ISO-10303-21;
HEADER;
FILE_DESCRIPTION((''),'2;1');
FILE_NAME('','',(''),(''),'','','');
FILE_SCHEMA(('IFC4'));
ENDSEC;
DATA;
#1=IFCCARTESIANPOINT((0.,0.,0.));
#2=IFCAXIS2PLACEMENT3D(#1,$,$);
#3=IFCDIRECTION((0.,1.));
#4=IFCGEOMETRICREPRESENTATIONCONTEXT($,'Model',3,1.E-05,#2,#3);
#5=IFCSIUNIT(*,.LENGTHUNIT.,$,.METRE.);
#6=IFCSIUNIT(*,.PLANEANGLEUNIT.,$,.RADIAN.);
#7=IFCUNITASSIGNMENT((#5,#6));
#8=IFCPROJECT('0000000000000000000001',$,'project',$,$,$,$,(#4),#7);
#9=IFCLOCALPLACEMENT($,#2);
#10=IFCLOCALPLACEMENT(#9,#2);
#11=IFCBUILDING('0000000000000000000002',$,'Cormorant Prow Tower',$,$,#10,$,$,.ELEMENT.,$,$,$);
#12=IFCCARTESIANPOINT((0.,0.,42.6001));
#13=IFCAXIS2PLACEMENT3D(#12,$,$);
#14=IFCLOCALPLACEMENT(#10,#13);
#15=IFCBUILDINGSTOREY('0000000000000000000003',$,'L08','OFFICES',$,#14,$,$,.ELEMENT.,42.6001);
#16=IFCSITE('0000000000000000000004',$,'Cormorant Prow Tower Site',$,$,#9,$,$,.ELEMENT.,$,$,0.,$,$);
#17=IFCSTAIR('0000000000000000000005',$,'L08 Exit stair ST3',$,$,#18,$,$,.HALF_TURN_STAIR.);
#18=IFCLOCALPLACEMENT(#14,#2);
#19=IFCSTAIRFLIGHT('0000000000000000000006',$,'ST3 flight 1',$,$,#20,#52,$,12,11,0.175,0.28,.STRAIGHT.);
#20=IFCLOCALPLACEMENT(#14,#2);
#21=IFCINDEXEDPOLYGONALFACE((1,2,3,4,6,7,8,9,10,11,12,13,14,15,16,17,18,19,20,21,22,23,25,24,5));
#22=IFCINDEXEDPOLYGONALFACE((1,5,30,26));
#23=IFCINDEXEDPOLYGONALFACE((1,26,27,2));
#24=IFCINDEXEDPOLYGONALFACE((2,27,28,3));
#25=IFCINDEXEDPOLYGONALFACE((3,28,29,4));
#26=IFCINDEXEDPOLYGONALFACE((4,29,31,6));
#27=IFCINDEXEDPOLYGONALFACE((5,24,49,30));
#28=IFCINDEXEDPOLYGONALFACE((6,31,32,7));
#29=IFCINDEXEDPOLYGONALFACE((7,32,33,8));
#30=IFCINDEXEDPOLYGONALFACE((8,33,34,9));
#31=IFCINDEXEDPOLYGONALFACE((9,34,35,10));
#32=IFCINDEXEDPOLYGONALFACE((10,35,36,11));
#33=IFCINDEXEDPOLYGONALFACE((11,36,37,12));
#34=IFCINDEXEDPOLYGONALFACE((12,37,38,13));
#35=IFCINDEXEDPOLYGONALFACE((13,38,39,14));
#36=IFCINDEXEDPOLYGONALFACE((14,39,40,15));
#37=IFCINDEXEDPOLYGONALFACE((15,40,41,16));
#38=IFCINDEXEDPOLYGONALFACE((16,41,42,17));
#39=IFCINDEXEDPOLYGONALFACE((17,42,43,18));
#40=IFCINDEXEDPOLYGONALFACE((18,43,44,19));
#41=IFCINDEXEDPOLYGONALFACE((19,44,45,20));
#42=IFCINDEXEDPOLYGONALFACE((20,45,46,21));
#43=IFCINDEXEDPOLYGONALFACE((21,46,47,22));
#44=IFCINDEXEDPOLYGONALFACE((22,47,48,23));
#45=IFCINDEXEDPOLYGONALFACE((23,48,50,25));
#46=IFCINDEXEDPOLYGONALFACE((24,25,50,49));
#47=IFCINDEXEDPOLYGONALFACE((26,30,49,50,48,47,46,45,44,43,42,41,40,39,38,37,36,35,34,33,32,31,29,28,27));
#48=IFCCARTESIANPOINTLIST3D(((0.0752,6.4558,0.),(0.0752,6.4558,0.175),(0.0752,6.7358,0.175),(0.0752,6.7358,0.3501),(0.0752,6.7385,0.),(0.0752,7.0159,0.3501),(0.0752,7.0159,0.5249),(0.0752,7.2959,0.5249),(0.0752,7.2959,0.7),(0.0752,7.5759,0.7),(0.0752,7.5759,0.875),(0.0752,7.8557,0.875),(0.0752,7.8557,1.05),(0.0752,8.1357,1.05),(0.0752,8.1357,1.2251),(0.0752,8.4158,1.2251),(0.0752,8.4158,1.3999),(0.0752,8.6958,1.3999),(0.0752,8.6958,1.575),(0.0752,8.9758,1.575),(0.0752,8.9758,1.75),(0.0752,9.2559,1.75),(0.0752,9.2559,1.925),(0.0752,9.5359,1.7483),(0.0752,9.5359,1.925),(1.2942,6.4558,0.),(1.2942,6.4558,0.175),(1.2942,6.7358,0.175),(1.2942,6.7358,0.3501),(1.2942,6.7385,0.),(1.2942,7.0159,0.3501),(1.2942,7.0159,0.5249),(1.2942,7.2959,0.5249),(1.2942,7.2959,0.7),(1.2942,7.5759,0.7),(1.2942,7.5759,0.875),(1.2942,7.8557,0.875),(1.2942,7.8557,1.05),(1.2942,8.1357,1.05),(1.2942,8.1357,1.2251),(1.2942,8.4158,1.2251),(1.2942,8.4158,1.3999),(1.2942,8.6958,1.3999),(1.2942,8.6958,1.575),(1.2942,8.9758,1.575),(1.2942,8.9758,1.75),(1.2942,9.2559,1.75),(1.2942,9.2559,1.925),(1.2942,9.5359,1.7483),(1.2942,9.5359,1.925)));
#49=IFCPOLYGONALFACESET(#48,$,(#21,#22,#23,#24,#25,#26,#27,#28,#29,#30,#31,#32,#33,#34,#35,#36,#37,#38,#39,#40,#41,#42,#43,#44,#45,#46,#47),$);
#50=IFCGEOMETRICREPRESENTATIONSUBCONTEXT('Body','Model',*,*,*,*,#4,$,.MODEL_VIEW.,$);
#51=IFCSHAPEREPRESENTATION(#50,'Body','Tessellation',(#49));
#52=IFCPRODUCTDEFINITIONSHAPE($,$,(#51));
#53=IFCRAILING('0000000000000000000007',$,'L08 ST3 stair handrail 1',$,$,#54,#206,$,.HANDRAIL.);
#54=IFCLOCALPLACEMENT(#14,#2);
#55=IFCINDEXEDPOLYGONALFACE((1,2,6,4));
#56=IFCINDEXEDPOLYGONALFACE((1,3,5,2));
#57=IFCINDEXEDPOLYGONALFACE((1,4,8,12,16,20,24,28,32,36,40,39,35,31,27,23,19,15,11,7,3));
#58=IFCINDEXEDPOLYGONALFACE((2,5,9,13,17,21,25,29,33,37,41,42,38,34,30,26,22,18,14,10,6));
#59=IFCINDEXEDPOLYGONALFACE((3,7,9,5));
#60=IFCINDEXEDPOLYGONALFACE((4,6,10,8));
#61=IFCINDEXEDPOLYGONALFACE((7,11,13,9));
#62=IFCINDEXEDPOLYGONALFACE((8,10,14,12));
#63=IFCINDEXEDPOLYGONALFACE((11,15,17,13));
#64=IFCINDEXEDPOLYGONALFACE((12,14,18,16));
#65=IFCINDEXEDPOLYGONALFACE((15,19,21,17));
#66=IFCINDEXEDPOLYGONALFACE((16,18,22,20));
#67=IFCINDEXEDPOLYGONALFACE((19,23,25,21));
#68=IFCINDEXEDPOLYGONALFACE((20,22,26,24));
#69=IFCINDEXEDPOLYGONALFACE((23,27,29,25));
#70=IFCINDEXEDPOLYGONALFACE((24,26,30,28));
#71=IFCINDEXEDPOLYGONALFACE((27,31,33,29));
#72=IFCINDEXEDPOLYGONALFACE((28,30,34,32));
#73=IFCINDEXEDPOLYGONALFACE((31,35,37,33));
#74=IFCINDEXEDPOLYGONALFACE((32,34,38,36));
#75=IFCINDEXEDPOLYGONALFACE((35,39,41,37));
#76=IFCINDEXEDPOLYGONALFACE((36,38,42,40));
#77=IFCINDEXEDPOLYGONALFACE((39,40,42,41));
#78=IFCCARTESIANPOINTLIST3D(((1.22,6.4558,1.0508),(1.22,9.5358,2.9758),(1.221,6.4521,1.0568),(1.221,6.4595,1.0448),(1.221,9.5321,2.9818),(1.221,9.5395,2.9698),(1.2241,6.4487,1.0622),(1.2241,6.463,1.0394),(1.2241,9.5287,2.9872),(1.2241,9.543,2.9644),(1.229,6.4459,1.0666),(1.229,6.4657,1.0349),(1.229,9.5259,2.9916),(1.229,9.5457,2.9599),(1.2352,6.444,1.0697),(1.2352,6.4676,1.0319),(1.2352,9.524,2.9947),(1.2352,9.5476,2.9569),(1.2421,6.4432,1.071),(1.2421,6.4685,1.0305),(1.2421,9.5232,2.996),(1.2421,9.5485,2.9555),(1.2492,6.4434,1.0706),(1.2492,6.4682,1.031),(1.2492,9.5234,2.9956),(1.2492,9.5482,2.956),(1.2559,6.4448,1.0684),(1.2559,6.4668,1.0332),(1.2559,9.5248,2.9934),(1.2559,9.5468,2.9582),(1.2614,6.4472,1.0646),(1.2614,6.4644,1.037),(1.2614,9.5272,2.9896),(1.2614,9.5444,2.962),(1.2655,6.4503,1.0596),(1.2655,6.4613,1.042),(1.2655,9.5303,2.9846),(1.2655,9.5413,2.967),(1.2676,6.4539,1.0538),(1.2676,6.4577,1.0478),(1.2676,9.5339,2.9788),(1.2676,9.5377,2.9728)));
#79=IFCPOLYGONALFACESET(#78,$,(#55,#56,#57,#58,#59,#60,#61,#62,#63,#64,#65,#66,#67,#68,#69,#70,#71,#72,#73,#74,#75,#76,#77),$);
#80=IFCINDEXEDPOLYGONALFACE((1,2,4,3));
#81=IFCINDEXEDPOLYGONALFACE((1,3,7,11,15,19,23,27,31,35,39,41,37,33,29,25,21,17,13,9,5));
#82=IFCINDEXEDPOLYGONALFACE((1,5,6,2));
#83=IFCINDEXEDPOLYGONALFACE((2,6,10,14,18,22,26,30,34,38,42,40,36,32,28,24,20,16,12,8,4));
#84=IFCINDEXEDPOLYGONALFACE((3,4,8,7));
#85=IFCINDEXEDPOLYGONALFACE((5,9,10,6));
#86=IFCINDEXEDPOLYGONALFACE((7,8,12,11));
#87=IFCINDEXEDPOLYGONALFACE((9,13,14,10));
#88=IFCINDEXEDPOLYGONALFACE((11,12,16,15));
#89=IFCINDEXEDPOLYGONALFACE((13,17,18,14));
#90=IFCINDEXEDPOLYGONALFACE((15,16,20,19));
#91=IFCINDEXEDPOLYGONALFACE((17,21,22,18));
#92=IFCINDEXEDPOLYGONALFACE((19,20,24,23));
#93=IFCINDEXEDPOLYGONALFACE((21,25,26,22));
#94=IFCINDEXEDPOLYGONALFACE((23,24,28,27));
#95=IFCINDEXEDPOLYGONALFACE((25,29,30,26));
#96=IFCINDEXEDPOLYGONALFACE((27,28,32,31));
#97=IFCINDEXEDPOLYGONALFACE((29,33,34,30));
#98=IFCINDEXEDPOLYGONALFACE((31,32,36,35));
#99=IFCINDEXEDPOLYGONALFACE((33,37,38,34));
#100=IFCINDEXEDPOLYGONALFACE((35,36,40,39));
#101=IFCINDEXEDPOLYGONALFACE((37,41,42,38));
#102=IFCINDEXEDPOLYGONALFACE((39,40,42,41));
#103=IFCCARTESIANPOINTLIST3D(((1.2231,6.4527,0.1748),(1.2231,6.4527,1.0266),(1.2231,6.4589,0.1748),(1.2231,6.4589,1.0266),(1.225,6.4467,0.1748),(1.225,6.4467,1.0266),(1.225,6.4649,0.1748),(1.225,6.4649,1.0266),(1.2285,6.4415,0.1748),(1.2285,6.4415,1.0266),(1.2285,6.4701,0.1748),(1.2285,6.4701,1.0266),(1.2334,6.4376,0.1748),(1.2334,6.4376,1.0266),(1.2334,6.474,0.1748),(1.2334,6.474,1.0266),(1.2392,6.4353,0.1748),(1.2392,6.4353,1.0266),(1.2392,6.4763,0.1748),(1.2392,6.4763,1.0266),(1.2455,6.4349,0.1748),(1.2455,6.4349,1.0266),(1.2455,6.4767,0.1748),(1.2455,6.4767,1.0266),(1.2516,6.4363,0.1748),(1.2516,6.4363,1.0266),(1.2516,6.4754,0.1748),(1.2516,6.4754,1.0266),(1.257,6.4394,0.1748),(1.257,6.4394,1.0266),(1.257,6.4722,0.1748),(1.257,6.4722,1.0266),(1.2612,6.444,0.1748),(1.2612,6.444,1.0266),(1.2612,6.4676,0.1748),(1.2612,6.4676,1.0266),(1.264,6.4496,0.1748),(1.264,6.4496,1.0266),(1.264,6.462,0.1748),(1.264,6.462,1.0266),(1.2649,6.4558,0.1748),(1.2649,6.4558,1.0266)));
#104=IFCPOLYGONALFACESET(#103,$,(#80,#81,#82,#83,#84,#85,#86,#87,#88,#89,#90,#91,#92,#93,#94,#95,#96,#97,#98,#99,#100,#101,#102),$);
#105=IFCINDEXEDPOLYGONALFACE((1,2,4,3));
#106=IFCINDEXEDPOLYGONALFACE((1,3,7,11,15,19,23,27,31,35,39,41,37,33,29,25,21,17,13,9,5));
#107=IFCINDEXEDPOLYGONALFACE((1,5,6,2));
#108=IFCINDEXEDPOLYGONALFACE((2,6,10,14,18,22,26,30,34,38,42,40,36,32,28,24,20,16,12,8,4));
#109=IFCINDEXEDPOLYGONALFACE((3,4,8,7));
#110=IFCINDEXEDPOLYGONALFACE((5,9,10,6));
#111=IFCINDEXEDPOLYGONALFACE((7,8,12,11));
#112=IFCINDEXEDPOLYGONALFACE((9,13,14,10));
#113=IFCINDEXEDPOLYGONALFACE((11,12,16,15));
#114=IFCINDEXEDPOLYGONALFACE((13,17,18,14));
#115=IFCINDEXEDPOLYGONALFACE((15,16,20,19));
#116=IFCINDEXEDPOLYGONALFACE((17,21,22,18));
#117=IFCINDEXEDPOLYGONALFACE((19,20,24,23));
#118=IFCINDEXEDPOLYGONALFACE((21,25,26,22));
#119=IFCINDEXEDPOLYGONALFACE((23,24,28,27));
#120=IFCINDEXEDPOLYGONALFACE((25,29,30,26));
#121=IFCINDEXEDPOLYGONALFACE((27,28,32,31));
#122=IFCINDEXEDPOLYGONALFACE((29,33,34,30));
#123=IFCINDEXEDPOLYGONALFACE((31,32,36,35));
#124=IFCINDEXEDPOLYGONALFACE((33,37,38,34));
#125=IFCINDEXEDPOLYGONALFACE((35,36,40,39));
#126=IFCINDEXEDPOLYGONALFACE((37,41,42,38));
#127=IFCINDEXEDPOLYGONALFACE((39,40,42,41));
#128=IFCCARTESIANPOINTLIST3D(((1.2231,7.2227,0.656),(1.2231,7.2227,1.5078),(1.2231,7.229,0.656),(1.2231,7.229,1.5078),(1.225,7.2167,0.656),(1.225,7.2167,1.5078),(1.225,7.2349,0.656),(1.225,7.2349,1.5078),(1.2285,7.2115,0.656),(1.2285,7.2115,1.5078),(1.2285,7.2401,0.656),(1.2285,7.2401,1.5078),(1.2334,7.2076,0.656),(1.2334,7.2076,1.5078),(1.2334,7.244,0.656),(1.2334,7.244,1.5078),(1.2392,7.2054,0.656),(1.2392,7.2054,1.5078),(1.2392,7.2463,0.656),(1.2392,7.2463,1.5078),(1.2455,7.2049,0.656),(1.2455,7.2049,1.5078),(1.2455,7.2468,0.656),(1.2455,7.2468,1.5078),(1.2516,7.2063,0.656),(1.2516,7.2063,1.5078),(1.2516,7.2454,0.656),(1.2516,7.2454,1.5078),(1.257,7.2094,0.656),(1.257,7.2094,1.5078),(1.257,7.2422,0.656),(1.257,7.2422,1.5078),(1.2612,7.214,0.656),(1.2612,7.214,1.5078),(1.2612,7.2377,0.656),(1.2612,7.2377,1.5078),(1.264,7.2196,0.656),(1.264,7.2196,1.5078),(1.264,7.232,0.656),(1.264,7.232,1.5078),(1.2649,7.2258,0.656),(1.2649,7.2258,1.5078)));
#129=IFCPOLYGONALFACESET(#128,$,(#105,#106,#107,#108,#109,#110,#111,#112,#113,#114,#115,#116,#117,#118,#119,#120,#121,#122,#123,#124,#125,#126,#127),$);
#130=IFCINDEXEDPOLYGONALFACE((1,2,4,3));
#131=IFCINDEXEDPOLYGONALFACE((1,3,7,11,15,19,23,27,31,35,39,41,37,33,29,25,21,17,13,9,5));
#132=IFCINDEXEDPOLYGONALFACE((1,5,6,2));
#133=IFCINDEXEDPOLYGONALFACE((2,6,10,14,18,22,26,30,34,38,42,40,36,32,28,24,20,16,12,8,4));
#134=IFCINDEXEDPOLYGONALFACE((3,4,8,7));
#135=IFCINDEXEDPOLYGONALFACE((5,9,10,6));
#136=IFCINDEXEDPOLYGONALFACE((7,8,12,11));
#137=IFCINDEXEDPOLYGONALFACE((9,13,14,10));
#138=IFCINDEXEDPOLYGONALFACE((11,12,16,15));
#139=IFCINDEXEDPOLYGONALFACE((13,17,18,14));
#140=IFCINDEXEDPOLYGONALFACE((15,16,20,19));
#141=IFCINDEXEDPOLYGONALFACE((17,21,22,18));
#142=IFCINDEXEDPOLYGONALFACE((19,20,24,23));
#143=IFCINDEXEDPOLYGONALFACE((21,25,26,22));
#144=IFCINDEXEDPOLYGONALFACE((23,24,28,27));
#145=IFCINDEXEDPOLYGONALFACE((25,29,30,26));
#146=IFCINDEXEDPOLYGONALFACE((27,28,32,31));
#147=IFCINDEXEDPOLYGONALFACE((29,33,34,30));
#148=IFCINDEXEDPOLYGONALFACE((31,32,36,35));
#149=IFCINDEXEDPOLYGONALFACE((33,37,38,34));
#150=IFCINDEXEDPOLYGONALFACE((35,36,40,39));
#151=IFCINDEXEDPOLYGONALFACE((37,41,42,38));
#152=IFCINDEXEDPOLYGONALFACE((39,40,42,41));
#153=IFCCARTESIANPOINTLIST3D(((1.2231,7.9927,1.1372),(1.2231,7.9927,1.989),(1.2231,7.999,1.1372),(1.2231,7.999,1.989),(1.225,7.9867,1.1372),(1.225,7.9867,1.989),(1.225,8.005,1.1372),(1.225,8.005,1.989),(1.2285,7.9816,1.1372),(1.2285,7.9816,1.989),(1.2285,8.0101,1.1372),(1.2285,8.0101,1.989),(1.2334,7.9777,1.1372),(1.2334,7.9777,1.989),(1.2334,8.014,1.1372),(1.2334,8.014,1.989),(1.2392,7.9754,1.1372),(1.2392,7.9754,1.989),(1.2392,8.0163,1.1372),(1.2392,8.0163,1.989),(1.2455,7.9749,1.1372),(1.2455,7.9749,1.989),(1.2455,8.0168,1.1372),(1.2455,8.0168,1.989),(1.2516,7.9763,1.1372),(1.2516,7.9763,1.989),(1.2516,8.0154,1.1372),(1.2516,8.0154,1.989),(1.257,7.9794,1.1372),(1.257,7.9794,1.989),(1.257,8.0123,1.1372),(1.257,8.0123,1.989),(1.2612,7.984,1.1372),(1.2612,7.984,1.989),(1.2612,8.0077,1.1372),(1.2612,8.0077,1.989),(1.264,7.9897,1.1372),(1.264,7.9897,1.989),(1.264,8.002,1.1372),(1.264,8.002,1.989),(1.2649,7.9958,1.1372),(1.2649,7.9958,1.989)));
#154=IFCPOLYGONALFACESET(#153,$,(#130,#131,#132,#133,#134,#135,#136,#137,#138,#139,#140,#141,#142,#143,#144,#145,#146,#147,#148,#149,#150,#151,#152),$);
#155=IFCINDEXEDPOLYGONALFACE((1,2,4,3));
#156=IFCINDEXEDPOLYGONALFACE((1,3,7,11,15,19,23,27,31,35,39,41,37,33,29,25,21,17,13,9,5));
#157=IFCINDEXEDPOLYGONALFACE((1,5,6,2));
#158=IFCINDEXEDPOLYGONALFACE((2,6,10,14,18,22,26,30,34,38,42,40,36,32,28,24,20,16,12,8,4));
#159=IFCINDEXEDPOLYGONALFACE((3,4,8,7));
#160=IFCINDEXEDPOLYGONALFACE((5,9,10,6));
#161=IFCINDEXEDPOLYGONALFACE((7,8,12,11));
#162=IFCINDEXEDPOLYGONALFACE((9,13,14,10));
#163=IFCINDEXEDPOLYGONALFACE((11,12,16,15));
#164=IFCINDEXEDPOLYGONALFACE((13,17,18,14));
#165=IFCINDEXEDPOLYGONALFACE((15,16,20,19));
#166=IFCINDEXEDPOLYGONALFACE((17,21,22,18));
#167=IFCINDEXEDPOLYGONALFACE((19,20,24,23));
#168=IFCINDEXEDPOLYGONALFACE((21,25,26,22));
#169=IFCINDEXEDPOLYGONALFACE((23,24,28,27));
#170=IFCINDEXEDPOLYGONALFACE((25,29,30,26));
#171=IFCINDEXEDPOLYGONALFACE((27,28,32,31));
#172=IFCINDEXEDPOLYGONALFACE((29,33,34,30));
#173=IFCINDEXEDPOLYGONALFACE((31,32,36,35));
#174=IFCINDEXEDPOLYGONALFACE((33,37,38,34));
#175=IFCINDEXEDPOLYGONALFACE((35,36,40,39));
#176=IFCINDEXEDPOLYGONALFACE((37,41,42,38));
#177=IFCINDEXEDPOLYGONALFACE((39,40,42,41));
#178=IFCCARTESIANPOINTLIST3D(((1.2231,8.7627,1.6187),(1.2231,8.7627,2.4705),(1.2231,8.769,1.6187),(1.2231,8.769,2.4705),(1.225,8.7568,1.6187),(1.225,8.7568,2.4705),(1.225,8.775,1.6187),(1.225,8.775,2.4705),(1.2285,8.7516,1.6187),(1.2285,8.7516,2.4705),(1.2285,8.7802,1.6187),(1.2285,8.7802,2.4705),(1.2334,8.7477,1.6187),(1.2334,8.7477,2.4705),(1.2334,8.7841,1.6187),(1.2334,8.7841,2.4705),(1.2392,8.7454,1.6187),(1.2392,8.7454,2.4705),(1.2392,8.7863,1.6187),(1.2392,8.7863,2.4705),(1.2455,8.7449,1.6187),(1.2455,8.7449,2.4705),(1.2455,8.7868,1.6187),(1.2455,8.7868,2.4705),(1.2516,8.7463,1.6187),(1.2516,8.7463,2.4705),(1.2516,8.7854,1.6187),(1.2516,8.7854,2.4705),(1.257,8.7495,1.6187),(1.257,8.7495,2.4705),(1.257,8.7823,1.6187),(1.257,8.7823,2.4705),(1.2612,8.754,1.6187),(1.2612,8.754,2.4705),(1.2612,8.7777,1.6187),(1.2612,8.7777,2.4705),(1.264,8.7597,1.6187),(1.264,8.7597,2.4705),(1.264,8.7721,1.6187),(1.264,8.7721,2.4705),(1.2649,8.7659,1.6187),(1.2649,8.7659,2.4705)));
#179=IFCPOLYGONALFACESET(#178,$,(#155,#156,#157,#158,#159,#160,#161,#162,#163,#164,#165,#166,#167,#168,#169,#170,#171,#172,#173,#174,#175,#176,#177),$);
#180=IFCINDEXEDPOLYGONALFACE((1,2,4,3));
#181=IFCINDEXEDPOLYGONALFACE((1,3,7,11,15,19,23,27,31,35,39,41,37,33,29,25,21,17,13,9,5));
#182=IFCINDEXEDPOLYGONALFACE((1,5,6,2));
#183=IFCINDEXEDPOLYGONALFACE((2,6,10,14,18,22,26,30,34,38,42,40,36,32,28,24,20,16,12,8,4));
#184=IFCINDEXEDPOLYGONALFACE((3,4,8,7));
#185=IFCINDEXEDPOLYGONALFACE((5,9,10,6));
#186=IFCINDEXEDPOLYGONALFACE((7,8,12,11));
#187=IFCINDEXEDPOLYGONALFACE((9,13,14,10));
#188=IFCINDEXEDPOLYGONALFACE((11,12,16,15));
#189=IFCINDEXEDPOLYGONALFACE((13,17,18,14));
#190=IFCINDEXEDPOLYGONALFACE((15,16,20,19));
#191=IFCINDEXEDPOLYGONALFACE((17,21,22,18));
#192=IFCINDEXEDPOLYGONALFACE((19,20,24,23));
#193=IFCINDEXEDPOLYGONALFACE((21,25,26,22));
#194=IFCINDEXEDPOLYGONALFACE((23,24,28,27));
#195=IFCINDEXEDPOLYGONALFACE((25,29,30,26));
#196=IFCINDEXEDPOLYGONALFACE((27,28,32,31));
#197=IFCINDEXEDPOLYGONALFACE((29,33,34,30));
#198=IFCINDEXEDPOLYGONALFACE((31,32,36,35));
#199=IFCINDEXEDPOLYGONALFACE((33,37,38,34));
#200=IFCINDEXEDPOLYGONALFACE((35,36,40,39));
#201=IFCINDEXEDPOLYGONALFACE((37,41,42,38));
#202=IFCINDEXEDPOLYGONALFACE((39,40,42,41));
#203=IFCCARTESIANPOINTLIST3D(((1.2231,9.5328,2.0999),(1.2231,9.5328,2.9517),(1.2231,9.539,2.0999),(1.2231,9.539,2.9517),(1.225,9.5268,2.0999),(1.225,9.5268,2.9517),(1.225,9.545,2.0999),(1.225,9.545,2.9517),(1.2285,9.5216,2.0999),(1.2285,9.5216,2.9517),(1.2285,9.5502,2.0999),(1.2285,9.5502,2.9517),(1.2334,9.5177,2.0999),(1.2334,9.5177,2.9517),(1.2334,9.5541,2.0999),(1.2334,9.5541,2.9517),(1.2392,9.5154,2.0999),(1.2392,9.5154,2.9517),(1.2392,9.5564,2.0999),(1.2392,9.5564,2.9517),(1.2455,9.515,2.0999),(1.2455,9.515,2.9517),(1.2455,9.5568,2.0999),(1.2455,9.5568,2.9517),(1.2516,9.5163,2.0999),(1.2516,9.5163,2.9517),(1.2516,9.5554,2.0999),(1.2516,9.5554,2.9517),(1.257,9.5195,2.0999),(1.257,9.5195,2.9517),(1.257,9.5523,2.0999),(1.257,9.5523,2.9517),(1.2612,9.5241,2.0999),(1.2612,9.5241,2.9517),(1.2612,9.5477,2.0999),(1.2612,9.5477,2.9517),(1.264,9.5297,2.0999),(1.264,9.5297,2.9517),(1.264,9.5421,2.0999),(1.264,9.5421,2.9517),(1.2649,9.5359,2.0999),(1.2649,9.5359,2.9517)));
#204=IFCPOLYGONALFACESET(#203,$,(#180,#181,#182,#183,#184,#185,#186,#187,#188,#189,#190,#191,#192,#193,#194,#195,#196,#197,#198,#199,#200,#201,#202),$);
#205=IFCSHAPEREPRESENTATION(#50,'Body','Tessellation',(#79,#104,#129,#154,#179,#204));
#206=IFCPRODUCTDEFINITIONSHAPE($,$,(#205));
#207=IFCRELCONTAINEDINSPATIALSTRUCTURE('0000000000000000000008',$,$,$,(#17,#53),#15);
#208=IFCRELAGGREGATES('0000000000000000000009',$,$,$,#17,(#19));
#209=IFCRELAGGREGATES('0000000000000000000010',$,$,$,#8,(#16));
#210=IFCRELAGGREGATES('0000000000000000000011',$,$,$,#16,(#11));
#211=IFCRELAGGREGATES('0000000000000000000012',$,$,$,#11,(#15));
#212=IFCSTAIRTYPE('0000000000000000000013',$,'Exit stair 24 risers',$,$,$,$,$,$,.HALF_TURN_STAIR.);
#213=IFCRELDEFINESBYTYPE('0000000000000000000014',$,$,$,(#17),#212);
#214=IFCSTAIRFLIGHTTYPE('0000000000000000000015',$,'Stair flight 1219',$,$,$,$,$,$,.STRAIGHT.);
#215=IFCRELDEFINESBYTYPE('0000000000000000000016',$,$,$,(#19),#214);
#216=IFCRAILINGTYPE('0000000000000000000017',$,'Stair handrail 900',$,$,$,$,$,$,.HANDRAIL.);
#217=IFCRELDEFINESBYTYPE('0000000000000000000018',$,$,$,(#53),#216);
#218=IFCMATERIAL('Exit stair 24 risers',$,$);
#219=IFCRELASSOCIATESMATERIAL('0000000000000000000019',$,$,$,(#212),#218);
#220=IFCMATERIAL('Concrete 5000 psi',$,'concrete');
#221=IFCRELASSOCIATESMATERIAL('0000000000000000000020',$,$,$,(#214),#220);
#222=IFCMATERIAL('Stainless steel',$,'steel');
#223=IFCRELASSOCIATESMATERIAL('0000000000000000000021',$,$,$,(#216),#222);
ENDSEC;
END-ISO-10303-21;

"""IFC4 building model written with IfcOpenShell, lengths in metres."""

from ifc_helpers import new_model, si_unit, direction, frame, origin, origin_2d, place, context, subcontext, project, spatial, polyline, circle, outline, extrude, material, type_object, element, aggregate, save


model = new_model("IFC4")

# Units and contexts
model_context = context("Model", 3, precision=1e-05, world=origin(), true_north=direction((0.0, 1.0)))
body_context = subcontext(model_context, "Body", "Model", "MODEL_VIEW")
ifc_project = project(units=[si_unit("LENGTHUNIT", "METRE"), si_unit("PLANEANGLEUNIT", "RADIAN")], contexts=[model_context])

# Site, building, storey
site_placement = place(None, origin())
site = spatial("IfcSite", under=ifc_project, at=site_placement, Name="Cormorant Prow Tower Site", CompositionType="ELEMENT", RefElevation=0.0)
building_placement = place(site_placement, origin())
building = spatial("IfcBuilding", under=site, at=building_placement, Name="Cormorant Prow Tower", CompositionType="ELEMENT")
storey_placement = place(building_placement, frame((0.0, 0.0, 42.6001)))
storey = spatial("IfcBuildingStorey", under=building, at=storey_placement, Name="L08", Description="OFFICES", CompositionType="ELEMENT", Elevation=42.6001)

# Stair
ifc_material_1 = material(Name="Exit stair 24 risers")
stair_type = type_object("IfcStairType", Name="Exit stair 24 risers", PredefinedType="HALF_TURN_STAIR", material=ifc_material_1)
stair_1_placement = place(storey_placement, origin())
stair_1 = element("IfcStair", 1, at=stair_1_placement, inside=storey, type_object=stair_type, Name="L08 Exit stair ST3", PredefinedType="HALF_TURN_STAIR")

# Stair flight
ifc_material_2 = material(Name="Concrete 5000 psi", Category="concrete")
stair_flight_type = type_object("IfcStairFlightType", Name="Stair flight 1219", PredefinedType="STRAIGHT", material=ifc_material_2)
stair_flight_placement = place(storey_placement, frame((0.6846, 6.4558, 0.0), z_axis=(0.0, 0.0, 1.0), x_axis=(0.0, 1.0, 0.0)))
stair_flight = element("IfcStairFlight", 2, at=stair_flight_placement, type_object=stair_flight_type, Name="ST3 flight 1", NumberOfRisers=12, NumberOfTreads=11, PredefinedType="STRAIGHT", RiserHeight=0.175, TreadLength=0.28, context=body_context, shape_type="SweptSolid", body=[
    extrude(outline(polyline([(0.0, 0.0), (0.0, 0.175), (0.28, 0.175), (0.28, 0.3501), (0.5601, 0.3501), (0.5601, 0.5249), (0.8401, 0.5249), (0.8401, 0.7), (1.1201, 0.7), (1.1201, 0.875), (1.3999, 0.875), (1.3999, 1.05), (1.6799, 1.05), (1.6799, 1.2251), (1.96, 1.2251), (1.96, 1.3999), (2.24, 1.3999), (2.24, 1.575), (2.52, 1.575), (2.52, 1.75), (2.8, 1.75), (2.8, 1.925), (3.0801, 1.925), (3.0801, 2.1001), (3.0801, 1.7483), (0.2827, 0.0), (0.0, 0.0)])), frame((0.0, 0.6094, 0.0), z_axis=(0.0, -1.0, 0.0), x_axis=(1.0, 0.0, 0.0)), (0.0, 0.0, 1.0), 1.219),
])
aggregate(stair_1, [stair_flight])

# Railing
ifc_material_3 = material(Name="Stainless steel", Category="steel")
railing_type_1 = type_object("IfcRailingType", Name="Stair handrail 900", PredefinedType="HANDRAIL", material=ifc_material_3)
railing_1_placement = place(storey_placement, frame((1.2439, 6.4558, 0.1748)))
element("IfcRailing", 3, at=railing_1_placement, inside=storey, type_object=railing_type_1, Name="L08 ST3 stair handrail 1", PredefinedType="HANDRAIL", context=body_context, shape_type="SweptSolid", body=[
    extrude(circle(Radius=0.0239, at=origin_2d()), frame((0.0, 0.0, 0.876), z_axis=(0.0, 0.847998, 0.529999), x_axis=(-1.0, 0.0, 0.0)), (0.0, 0.0, 1.0), 3.6321),
    extrude(circle(Radius=0.021, at=origin_2d()), origin(), (0.0, 0.0, 1.0), 0.8518),
    extrude(circle(Radius=0.021, at=origin_2d()), frame((0.0, 0.77, 0.4812)), (0.0, 0.0, 1.0), 0.8518),
    extrude(circle(Radius=0.021, at=origin_2d()), frame((0.0, 1.54, 0.9624)), (0.0, 0.0, 1.0), 0.8518),
    extrude(circle(Radius=0.021, at=origin_2d()), frame((0.0, 2.3101, 1.4438)), (0.0, 0.0, 1.0), 0.8518),
    extrude(circle(Radius=0.021, at=origin_2d()), frame((0.0, 3.0801, 1.925)), (0.0, 0.0, 1.0), 0.8518),
])

save(model, "model.ifc")
